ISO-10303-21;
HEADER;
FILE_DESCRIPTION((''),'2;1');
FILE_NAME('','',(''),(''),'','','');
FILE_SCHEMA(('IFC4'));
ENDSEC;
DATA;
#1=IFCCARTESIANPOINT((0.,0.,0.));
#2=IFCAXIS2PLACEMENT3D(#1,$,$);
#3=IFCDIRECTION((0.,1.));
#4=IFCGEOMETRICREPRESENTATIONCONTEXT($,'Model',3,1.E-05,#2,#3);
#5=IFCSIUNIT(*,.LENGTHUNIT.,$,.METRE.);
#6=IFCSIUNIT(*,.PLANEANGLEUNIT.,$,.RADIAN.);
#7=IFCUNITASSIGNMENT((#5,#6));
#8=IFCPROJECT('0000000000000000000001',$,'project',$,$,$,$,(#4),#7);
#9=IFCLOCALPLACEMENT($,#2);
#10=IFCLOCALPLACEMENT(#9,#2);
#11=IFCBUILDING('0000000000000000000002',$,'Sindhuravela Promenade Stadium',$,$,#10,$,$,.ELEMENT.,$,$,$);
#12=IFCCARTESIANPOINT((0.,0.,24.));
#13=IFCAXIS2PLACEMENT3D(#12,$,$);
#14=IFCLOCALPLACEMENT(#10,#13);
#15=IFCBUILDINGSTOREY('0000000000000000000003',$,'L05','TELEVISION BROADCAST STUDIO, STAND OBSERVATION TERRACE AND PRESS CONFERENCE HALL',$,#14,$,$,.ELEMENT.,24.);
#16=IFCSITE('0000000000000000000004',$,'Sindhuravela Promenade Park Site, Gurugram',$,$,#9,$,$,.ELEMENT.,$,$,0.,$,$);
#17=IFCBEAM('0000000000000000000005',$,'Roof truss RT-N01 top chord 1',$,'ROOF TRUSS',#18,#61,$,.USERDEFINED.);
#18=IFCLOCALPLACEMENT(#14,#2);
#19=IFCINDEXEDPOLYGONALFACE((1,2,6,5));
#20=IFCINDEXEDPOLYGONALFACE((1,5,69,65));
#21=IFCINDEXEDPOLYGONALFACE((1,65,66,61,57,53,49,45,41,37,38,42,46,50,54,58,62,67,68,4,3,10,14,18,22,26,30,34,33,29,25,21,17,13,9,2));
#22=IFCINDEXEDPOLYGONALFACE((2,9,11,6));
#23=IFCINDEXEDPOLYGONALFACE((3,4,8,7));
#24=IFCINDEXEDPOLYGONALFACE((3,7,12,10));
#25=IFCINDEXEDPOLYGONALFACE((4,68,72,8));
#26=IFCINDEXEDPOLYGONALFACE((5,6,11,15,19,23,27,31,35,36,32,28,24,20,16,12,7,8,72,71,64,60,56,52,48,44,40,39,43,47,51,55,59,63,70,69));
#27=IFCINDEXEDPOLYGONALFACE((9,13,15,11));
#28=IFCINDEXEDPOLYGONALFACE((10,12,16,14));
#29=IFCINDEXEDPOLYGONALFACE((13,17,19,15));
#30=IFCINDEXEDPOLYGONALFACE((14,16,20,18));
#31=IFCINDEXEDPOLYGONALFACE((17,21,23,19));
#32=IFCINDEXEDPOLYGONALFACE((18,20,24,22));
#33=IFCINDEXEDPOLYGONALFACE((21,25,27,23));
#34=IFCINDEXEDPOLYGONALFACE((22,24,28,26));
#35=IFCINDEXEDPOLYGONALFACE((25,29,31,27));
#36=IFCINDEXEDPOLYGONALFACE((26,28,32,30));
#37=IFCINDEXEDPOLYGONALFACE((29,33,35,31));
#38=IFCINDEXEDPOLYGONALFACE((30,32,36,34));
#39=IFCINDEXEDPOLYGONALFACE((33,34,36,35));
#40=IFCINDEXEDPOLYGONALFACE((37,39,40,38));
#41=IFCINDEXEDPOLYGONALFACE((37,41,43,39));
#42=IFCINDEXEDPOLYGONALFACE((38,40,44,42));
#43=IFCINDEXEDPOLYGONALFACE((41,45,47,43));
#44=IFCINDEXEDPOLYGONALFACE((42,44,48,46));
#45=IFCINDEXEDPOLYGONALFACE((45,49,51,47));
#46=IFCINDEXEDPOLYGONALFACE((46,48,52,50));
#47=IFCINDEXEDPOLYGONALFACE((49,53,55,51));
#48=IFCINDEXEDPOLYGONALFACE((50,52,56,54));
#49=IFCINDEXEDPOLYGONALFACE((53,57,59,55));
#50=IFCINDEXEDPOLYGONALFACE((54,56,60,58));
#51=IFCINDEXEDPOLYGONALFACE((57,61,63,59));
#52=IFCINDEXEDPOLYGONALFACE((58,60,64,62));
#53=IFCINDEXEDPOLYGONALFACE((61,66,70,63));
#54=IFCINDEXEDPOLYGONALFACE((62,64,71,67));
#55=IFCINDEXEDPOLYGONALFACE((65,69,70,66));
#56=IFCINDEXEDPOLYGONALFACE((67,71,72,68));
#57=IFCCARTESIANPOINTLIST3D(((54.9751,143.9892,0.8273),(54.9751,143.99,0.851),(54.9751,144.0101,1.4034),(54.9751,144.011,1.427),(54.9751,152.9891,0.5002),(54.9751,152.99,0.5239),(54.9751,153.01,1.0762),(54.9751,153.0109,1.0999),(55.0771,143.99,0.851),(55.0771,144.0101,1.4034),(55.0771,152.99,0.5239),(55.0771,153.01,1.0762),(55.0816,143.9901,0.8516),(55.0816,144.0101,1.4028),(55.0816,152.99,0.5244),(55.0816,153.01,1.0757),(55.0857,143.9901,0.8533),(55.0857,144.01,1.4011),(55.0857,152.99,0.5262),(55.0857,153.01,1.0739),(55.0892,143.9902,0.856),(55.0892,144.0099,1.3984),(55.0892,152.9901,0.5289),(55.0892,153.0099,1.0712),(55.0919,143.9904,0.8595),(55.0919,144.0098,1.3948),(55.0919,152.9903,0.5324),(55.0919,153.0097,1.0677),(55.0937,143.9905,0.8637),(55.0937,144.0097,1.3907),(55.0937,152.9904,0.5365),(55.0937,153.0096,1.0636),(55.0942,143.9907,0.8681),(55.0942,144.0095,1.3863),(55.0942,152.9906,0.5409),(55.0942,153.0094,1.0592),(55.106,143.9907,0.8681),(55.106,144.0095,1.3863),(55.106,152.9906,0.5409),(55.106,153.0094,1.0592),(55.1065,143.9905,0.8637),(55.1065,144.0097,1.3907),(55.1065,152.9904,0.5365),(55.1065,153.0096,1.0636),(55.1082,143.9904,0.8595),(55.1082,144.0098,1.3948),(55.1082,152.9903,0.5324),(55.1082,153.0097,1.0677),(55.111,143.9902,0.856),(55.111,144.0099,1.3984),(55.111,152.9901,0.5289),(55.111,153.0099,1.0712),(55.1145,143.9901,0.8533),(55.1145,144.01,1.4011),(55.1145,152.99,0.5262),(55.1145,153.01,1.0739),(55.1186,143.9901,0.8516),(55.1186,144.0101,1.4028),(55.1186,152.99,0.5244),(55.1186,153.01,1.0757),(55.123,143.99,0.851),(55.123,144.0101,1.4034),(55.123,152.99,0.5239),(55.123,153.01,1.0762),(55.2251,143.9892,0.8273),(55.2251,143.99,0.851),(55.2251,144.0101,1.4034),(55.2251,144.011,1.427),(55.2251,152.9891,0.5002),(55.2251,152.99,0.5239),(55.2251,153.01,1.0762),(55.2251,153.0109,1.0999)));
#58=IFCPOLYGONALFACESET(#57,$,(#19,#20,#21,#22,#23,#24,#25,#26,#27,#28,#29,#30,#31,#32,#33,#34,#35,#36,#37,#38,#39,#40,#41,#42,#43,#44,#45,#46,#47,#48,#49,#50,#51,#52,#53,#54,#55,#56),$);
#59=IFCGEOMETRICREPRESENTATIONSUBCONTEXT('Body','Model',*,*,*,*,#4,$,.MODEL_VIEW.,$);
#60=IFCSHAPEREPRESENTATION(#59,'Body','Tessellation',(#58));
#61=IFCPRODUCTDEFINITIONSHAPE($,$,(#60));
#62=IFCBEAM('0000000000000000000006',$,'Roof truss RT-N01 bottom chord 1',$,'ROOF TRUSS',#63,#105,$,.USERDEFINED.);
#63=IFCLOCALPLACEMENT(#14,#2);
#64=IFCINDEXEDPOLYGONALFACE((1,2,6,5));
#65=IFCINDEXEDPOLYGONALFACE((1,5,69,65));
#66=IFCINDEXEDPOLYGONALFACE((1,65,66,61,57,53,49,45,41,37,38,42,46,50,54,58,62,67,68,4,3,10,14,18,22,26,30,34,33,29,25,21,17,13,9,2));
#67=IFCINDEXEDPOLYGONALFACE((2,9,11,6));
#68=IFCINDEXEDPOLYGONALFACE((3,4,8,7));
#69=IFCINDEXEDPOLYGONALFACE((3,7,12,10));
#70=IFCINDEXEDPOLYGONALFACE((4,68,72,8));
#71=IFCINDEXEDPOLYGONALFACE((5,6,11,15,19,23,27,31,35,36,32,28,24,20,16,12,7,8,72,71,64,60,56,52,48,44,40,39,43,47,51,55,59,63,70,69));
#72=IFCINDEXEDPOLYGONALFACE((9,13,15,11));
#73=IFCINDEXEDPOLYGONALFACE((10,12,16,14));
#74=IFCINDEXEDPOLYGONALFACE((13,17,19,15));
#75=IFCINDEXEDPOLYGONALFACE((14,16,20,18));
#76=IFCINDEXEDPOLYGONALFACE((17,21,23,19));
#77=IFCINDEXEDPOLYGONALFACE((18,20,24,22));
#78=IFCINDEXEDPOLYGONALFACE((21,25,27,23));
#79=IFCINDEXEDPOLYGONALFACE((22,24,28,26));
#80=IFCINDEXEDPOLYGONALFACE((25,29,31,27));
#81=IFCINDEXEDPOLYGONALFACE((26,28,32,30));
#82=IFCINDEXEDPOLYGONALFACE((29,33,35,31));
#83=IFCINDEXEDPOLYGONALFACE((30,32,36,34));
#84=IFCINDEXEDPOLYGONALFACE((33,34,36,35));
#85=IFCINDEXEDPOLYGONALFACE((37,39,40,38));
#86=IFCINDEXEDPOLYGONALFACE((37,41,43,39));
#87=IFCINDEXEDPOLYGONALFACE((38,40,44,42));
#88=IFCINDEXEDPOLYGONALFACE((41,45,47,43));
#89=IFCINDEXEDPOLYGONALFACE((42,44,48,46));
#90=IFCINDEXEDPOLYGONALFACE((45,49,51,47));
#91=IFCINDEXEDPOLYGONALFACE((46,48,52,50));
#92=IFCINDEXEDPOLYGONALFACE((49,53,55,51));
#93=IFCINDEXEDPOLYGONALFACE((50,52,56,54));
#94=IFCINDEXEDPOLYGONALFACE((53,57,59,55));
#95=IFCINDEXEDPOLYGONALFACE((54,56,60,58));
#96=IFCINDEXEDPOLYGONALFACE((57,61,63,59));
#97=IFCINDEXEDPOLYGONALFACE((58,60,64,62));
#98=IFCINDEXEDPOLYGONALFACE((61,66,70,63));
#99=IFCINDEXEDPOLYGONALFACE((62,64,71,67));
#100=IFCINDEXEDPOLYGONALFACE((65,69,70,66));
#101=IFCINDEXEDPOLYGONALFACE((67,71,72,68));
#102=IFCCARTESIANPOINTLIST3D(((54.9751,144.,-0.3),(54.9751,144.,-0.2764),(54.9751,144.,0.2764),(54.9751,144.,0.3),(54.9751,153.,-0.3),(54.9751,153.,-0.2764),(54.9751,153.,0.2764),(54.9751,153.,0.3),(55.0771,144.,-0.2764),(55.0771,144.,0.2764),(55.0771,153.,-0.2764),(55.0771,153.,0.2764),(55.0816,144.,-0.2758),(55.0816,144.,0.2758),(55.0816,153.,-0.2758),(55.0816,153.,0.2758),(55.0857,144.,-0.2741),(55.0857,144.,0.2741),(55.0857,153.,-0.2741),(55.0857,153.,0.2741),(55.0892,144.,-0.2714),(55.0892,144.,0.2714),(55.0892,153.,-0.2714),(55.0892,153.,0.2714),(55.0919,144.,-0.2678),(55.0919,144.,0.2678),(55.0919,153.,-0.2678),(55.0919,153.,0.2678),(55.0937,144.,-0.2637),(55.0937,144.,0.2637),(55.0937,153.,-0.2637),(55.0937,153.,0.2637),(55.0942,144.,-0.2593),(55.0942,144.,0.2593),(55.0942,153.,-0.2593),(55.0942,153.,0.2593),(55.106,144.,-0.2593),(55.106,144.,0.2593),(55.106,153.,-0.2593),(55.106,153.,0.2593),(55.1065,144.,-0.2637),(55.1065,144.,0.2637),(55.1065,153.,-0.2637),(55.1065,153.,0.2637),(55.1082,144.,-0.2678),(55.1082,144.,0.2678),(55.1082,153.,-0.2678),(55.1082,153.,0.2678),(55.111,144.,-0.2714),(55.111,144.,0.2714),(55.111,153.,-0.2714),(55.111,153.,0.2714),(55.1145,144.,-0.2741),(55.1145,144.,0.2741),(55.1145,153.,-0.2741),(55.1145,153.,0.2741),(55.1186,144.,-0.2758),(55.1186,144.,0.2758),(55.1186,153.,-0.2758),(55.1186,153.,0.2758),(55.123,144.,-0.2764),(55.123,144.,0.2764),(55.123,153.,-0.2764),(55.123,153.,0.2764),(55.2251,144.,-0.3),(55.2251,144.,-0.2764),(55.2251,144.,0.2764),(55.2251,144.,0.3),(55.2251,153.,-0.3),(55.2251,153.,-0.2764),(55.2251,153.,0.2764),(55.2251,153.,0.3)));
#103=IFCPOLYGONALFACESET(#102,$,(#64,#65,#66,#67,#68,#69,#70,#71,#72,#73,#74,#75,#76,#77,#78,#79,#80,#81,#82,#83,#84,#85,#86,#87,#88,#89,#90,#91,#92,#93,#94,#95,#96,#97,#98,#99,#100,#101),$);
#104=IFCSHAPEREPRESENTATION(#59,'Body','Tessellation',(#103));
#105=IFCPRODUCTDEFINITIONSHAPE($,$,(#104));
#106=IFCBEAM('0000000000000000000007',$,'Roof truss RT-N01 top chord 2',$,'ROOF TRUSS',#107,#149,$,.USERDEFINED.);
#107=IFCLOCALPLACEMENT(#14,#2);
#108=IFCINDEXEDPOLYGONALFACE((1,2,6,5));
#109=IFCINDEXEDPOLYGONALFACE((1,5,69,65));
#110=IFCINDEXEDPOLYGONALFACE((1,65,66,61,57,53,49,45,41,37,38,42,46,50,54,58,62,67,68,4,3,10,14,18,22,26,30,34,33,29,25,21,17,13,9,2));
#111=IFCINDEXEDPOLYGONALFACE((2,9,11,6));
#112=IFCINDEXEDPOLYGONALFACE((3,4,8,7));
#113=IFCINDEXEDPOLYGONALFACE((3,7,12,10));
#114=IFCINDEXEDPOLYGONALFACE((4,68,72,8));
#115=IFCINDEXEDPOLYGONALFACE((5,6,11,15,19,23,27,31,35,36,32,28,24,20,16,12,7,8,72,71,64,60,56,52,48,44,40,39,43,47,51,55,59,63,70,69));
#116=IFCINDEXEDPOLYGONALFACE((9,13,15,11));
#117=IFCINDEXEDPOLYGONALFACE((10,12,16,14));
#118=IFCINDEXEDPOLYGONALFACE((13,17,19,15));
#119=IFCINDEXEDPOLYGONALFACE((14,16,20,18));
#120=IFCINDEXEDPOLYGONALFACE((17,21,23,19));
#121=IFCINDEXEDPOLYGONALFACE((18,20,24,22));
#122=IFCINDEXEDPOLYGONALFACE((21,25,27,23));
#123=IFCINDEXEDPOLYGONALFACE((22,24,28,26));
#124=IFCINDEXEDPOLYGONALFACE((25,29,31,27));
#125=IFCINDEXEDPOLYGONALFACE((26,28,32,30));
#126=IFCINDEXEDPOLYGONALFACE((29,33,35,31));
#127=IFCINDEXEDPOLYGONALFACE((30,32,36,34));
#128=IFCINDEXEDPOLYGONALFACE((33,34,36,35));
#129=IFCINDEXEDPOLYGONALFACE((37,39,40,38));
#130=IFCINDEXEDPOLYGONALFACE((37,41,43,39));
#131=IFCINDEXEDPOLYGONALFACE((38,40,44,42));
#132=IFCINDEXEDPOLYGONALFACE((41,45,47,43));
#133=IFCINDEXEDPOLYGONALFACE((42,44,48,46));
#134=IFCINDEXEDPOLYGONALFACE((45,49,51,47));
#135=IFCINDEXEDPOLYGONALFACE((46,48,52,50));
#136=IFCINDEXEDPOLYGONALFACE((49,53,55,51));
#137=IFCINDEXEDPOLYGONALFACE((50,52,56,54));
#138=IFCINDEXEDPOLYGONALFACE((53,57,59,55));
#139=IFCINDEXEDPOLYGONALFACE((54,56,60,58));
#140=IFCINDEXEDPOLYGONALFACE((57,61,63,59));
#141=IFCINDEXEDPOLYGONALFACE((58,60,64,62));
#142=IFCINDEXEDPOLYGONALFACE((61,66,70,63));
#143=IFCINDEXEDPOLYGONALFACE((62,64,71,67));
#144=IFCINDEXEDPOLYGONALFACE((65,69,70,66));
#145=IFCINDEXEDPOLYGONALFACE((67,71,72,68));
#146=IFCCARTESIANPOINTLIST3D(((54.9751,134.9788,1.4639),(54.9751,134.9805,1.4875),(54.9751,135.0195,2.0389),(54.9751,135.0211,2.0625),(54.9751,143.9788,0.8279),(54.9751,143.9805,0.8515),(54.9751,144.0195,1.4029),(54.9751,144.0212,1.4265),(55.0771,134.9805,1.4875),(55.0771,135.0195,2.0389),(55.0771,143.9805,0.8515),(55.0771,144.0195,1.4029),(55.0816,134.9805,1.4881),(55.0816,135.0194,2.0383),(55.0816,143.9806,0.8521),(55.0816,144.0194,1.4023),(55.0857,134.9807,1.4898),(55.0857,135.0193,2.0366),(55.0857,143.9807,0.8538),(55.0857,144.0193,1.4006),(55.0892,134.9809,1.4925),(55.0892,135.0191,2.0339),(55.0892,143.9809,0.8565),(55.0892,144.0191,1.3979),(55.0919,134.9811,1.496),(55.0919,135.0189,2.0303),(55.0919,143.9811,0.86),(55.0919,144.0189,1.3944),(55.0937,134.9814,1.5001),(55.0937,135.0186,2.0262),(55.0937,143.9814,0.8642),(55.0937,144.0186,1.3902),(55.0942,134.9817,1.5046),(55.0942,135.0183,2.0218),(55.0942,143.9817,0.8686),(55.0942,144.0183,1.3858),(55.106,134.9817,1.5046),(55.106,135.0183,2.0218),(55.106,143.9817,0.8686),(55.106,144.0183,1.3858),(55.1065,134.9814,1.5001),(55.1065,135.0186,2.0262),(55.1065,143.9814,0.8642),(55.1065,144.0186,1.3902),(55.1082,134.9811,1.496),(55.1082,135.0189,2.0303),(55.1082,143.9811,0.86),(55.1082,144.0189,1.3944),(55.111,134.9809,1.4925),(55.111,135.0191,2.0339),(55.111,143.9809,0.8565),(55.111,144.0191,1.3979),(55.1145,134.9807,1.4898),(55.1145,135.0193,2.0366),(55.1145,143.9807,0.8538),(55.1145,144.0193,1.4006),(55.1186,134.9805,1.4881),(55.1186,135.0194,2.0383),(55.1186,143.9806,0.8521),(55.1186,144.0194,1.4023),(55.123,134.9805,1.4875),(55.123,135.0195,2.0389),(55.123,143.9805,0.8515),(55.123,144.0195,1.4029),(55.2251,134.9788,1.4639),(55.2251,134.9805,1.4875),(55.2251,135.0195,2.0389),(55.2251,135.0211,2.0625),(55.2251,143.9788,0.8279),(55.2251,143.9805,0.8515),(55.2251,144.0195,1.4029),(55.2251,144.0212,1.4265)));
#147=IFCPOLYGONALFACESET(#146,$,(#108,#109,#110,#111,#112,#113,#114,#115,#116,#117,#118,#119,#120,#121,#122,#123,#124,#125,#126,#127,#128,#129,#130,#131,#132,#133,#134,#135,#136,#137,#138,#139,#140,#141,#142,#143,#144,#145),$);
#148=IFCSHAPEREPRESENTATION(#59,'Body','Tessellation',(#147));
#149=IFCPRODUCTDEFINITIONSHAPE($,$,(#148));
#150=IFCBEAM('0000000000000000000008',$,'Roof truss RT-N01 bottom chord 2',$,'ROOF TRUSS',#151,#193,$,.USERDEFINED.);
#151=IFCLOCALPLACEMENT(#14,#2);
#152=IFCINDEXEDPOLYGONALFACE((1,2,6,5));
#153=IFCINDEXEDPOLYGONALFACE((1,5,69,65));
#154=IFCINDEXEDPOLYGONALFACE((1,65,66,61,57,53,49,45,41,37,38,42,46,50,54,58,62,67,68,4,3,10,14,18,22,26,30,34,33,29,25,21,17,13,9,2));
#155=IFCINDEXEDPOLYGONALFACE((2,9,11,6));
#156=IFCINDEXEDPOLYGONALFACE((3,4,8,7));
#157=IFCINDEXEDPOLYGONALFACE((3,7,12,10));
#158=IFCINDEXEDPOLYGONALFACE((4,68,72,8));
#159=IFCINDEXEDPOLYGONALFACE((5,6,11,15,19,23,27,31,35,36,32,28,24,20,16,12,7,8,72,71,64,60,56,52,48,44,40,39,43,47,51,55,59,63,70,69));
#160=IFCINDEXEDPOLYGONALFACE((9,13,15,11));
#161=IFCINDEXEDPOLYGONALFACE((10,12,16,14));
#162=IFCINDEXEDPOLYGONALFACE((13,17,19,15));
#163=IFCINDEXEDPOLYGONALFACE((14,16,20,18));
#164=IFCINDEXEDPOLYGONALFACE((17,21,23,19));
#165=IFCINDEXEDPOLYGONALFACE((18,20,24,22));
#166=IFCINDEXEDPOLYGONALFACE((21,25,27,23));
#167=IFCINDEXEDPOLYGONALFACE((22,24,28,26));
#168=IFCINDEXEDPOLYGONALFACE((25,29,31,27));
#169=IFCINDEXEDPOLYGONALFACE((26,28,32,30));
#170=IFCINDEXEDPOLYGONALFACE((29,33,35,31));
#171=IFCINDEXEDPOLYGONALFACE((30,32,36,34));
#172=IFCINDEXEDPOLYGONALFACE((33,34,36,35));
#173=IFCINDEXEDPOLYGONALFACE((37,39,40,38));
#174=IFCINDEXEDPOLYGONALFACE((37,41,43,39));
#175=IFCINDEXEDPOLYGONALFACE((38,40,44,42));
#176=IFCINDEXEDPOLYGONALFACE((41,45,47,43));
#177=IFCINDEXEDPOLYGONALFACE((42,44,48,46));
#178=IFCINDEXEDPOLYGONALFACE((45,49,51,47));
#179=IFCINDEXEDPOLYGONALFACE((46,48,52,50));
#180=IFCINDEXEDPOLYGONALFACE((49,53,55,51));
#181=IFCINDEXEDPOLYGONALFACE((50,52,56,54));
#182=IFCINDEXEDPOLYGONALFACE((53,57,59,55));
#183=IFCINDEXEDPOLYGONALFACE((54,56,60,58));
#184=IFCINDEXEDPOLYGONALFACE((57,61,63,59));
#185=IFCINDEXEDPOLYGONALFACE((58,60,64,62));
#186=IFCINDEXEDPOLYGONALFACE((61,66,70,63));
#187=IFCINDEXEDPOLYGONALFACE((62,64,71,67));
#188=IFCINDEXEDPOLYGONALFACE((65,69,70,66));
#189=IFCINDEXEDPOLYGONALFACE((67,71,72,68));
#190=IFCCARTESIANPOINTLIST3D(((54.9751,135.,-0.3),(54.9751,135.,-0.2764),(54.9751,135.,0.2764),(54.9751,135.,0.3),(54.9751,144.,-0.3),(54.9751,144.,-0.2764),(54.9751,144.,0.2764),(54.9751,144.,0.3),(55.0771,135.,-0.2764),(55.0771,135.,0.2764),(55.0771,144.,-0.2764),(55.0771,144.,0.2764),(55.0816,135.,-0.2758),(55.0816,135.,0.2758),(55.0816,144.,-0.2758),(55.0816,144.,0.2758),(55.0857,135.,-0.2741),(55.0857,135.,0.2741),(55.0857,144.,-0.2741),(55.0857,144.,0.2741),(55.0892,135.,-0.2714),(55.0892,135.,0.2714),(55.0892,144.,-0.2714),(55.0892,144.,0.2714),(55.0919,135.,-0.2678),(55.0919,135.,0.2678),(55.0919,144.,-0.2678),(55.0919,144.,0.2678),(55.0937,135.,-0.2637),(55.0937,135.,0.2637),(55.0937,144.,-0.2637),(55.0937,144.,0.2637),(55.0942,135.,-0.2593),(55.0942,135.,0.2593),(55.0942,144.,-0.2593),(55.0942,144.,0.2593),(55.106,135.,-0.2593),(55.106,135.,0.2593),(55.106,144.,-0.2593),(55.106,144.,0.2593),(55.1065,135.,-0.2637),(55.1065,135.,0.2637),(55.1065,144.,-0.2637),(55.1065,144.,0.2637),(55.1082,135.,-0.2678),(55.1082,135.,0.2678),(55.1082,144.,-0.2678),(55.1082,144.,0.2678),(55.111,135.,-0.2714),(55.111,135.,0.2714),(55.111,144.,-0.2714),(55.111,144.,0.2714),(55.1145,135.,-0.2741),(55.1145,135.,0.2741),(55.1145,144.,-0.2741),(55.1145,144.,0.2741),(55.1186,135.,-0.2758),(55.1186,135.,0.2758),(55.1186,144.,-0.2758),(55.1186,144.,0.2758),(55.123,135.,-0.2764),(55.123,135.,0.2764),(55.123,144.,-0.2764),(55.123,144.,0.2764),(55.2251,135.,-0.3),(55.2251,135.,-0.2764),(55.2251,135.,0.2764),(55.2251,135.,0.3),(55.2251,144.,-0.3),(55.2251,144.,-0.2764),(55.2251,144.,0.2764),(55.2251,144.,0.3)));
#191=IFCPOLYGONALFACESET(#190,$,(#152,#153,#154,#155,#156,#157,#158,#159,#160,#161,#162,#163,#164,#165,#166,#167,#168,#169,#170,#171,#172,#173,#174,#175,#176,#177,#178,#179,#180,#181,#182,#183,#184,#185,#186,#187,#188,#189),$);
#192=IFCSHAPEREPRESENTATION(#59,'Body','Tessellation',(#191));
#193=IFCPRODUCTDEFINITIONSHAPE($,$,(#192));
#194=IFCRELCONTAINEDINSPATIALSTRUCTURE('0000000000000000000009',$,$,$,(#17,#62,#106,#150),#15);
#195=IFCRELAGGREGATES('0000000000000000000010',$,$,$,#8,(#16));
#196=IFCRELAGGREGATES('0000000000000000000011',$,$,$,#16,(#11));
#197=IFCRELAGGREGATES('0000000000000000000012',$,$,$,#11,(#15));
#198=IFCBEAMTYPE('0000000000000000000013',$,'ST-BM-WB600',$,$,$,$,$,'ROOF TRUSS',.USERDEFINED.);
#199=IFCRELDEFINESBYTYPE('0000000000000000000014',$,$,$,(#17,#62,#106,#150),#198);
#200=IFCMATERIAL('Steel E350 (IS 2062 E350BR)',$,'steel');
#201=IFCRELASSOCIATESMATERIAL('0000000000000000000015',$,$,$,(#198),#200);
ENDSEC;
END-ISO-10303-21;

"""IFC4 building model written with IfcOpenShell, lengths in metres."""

from ifc_helpers import new_model, si_unit, direction, frame, origin, origin_2d, place, context, subcontext, project, spatial, i_section, extrude, material, material_profile, profile_set, type_object, element, save


model = new_model("IFC4")

# Units and contexts
model_context = context("Model", 3, precision=1e-05, world=origin(), true_north=direction((0.0, 1.0)))
body_context = subcontext(model_context, "Body", "Model", "MODEL_VIEW")
ifc_project = project(units=[si_unit("LENGTHUNIT", "METRE"), si_unit("PLANEANGLEUNIT", "RADIAN")], contexts=[model_context])

# Site, building, storey
site_placement = place(None, origin())
site = spatial("IfcSite", under=ifc_project, at=site_placement, Name="Sindhuravela Promenade Park Site, Gurugram", CompositionType="ELEMENT", RefElevation=0.0)
building_placement = place(site_placement, origin())
building = spatial("IfcBuilding", under=site, at=building_placement, Name="Sindhuravela Promenade Stadium", CompositionType="ELEMENT")
storey_placement = place(building_placement, frame((0.0, 0.0, 24.0)))
storey = spatial("IfcBuildingStorey", under=building, at=storey_placement, Name="L05", Description="TELEVISION BROADCAST STUDIO, STAND OBSERVATION TERRACE AND PRESS CONFERENCE HALL", CompositionType="ELEMENT", Elevation=24.0)

# Beams
ifc_material_1 = material(Name="Steel E350 (IS 2062 E350BR)", Category="steel")
ifc_material_profile_1 = material_profile(ifc_material_1, i_section(OverallWidth=0.25, OverallDepth=0.6001, WebThickness=0.0117, FlangeThickness=0.0237, FilletRadius=0.0171, at=origin_2d()), Name="ISWB 600")
ifc_profile_set_1 = profile_set([ifc_material_profile_1], Name="Steel E350 (IS 2062 E350BR)")
beam_type = type_object("IfcBeamType", Name="ST-BM-WB600", ElementType="ROOF TRUSS", PredefinedType="USERDEFINED", material=ifc_profile_set_1)
beam_1_placement = place(storey_placement, frame((55.1001, 153.0, 0.8), z_axis=(0.0, -0.99934, 0.036326), x_axis=(1.0, 0.0, 0.0)))
element("IfcBeam", 1, at=beam_1_placement, inside=storey, type_object=beam_type, Name="Roof truss RT-N01 top chord 1", ObjectType="ROOF TRUSS", PredefinedType="USERDEFINED", context=body_context, shape_type="SweptSolid", body=[
    extrude(i_section(OverallWidth=0.25, OverallDepth=0.6001, WebThickness=0.0117, FlangeThickness=0.0237, FilletRadius=0.0171, at=origin_2d()), origin(), (0.0, 0.0, 1.0), 9.0059),
])
beam_2_placement = place(storey_placement, frame((55.1001, 153.0, 0.0), z_axis=(0.0, -1.0, 0.0), x_axis=(1.0, 0.0, 0.0)))
element("IfcBeam", 2, at=beam_2_placement, inside=storey, type_object=beam_type, Name="Roof truss RT-N01 bottom chord 1", ObjectType="ROOF TRUSS", PredefinedType="USERDEFINED", context=body_context, shape_type="SweptSolid", body=[
    extrude(i_section(OverallWidth=0.25, OverallDepth=0.6001, WebThickness=0.0117, FlangeThickness=0.0237, FilletRadius=0.0171, at=origin_2d()), origin(), (0.0, 0.0, 1.0), 9.0),
])
beam_3_placement = place(storey_placement, frame((55.1001, 144.0, 1.1272), z_axis=(0.0, -0.997513, 0.070489), x_axis=(1.0, 0.0, 0.0)))
element("IfcBeam", 3, at=beam_3_placement, inside=storey, type_object=beam_type, Name="Roof truss RT-N01 top chord 2", ObjectType="ROOF TRUSS", PredefinedType="USERDEFINED", context=body_context, shape_type="SweptSolid", body=[
    extrude(i_section(OverallWidth=0.25, OverallDepth=0.6001, WebThickness=0.0117, FlangeThickness=0.0237, FilletRadius=0.0171, at=origin_2d()), origin(), (0.0, 0.0, 1.0), 9.0225),
])
beam_4_placement = place(storey_placement, frame((55.1001, 144.0, 0.0), z_axis=(0.0, -1.0, 0.0), x_axis=(1.0, 0.0, 0.0)))
element("IfcBeam", 4, at=beam_4_placement, inside=storey, type_object=beam_type, Name="Roof truss RT-N01 bottom chord 2", ObjectType="ROOF TRUSS", PredefinedType="USERDEFINED", context=body_context, shape_type="SweptSolid", body=[
    extrude(i_section(OverallWidth=0.25, OverallDepth=0.6001, WebThickness=0.0117, FlangeThickness=0.0237, FilletRadius=0.0171, at=origin_2d()), origin(), (0.0, 0.0, 1.0), 9.0),
])

save(model, "model.ifc")
